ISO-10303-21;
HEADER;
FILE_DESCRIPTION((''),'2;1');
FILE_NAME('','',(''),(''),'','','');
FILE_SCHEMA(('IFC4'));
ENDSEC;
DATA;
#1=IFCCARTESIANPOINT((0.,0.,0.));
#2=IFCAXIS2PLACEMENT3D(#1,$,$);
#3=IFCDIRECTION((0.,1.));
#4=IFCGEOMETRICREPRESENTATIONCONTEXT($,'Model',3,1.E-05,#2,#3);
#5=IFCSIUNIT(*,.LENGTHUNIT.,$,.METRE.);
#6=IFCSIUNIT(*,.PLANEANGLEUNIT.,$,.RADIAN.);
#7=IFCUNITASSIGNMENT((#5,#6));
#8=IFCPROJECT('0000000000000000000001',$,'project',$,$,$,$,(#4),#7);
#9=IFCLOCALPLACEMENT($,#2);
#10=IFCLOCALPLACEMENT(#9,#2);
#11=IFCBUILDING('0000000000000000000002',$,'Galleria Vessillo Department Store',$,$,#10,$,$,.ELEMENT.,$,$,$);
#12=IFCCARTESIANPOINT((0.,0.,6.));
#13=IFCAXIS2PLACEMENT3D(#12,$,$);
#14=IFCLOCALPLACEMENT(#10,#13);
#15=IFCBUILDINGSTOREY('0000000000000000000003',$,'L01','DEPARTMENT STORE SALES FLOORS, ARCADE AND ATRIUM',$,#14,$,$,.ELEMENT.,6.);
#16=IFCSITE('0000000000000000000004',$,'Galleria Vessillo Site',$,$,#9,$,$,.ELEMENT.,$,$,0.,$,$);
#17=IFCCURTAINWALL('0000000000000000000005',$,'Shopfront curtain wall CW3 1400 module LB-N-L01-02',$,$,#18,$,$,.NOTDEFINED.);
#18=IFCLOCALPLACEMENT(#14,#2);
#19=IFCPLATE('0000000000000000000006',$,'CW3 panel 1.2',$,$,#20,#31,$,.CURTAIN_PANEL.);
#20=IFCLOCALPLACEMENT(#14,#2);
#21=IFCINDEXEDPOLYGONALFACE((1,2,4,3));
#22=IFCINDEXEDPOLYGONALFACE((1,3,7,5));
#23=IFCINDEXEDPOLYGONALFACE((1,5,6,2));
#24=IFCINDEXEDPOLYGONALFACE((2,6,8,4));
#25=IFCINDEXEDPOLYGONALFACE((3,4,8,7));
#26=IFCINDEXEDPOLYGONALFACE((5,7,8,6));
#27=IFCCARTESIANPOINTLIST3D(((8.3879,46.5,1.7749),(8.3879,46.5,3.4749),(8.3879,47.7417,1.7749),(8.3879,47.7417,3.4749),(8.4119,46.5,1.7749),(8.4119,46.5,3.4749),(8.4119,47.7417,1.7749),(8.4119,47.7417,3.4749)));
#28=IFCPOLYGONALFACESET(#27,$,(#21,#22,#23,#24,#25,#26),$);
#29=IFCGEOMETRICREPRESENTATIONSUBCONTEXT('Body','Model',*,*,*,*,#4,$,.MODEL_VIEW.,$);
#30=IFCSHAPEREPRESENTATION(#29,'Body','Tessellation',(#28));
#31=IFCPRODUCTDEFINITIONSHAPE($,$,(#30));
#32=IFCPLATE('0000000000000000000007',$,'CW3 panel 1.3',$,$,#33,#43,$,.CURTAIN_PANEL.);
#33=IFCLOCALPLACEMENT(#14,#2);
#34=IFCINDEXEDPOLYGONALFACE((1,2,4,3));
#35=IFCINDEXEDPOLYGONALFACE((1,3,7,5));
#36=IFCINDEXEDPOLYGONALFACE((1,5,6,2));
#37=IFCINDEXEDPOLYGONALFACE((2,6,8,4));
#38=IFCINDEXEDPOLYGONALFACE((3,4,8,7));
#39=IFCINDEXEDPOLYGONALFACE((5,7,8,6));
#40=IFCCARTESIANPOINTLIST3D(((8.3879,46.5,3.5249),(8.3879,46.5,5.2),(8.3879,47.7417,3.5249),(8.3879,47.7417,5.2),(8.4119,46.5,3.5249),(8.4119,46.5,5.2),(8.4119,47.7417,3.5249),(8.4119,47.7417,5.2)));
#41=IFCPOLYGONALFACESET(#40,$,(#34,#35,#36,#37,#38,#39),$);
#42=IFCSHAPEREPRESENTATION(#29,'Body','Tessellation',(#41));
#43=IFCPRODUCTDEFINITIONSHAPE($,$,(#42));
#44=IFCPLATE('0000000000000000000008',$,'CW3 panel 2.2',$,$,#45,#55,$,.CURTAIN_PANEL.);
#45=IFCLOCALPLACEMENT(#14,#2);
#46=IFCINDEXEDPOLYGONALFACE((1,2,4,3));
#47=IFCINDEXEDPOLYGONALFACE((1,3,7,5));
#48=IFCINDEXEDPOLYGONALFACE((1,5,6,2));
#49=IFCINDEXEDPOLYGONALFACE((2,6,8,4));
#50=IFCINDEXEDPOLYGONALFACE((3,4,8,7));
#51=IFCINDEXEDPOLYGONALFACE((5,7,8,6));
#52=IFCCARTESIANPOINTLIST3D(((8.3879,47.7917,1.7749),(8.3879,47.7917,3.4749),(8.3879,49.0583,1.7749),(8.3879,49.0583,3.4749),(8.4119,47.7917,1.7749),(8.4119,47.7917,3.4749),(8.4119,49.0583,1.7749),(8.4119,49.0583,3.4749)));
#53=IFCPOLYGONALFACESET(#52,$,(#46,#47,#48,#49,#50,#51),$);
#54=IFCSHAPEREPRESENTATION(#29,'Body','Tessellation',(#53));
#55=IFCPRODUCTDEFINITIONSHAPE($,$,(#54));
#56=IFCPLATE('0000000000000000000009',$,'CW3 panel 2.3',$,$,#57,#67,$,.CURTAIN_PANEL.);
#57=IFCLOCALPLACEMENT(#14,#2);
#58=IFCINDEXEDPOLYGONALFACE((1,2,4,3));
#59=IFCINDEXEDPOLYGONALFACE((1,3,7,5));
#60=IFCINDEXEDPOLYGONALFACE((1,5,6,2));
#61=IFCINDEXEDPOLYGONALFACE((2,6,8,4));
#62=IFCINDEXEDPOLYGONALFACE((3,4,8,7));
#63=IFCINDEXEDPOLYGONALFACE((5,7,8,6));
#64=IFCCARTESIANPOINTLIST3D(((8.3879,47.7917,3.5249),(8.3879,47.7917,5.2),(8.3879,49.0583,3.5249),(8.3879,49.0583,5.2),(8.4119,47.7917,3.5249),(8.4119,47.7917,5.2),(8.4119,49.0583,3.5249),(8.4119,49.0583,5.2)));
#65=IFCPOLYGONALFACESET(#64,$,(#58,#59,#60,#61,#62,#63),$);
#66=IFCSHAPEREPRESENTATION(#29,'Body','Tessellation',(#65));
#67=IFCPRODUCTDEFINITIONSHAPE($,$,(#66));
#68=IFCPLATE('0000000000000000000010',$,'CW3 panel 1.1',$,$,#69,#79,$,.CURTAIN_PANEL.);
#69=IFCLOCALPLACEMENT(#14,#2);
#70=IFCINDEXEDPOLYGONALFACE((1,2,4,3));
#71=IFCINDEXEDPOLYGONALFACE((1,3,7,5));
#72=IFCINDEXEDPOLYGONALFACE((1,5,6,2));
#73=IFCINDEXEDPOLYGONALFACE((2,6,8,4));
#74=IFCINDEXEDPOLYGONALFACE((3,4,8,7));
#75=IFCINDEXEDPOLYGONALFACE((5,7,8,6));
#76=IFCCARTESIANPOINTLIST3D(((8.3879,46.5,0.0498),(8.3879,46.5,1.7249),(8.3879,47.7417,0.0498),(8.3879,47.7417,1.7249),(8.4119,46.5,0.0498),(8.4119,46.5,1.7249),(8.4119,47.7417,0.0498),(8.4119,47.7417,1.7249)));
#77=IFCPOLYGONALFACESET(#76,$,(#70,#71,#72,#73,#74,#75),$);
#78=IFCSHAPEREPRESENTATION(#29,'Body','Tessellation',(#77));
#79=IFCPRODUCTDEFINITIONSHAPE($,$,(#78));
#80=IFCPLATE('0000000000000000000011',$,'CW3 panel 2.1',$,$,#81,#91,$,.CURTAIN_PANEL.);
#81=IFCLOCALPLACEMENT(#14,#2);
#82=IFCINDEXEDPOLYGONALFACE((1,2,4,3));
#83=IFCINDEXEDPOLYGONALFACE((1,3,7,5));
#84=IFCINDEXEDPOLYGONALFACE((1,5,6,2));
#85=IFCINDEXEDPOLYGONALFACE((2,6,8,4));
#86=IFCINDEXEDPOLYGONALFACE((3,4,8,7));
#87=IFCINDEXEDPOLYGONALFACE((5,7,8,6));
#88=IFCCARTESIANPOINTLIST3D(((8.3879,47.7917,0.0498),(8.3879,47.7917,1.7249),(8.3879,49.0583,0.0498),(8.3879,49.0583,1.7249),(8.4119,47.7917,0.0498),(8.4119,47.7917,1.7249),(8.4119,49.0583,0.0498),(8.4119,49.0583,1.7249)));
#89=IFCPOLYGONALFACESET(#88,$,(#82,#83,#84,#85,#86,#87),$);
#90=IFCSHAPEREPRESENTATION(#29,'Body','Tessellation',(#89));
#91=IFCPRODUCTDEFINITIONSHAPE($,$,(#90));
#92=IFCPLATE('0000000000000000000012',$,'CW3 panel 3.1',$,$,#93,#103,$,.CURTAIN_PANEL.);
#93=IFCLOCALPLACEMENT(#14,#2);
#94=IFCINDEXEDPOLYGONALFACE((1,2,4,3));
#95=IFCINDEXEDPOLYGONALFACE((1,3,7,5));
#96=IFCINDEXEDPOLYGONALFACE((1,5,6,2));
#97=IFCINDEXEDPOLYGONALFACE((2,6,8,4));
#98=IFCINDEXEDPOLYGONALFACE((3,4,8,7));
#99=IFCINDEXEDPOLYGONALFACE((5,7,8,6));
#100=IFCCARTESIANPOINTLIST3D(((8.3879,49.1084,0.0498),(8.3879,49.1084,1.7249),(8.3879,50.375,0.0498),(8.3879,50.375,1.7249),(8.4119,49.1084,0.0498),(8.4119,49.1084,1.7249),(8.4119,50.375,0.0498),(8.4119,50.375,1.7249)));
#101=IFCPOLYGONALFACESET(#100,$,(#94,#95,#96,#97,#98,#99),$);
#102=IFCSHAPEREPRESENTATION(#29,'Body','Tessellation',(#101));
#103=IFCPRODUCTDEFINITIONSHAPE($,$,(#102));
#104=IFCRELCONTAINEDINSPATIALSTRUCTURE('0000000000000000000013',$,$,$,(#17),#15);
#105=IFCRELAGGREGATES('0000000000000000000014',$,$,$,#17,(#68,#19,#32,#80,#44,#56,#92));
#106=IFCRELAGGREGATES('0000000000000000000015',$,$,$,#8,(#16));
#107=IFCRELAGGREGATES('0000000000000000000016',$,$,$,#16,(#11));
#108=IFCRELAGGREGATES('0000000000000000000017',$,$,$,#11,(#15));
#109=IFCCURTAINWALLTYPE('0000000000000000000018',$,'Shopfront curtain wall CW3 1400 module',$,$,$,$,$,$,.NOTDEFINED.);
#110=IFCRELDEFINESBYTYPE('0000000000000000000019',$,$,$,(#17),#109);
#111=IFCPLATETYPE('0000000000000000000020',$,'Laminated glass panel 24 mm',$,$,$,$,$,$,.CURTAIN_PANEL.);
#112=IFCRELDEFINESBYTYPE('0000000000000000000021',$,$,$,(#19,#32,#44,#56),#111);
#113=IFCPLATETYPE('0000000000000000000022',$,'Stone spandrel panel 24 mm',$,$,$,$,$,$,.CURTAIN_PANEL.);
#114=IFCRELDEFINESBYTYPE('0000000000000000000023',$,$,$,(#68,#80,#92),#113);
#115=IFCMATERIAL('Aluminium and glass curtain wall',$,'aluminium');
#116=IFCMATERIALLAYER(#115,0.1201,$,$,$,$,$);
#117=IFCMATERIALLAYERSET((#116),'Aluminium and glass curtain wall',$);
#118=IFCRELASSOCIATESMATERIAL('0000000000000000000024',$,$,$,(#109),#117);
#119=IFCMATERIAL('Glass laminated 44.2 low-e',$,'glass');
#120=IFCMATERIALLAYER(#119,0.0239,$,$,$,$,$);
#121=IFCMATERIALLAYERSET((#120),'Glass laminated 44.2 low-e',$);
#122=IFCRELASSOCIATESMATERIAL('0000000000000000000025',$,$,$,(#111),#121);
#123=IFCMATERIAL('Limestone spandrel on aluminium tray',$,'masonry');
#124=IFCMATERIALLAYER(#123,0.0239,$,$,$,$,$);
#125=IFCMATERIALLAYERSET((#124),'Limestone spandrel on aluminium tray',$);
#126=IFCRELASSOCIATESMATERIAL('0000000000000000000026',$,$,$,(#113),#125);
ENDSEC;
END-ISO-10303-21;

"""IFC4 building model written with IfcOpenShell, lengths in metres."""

from ifc_helpers import new_model, si_unit, direction, frame, origin, origin_2d, place, context, subcontext, project, spatial, rectangle, extrude, material, layer, layer_set, type_object, element, aggregate, save


model = new_model("IFC4")

# Units and contexts
model_context = context("Model", 3, precision=1e-05, world=origin(), true_north=direction((0.0, 1.0)))
body_context = subcontext(model_context, "Body", "Model", "MODEL_VIEW")
ifc_project = project(units=[si_unit("LENGTHUNIT", "METRE"), si_unit("PLANEANGLEUNIT", "RADIAN")], contexts=[model_context])

# Site, building, storey
site_placement = place(None, origin())
site = spatial("IfcSite", under=ifc_project, at=site_placement, Name="Galleria Vessillo Site", CompositionType="ELEMENT", RefElevation=0.0)
building_placement = place(site_placement, origin())
building = spatial("IfcBuilding", under=site, at=building_placement, Name="Galleria Vessillo Department Store", CompositionType="ELEMENT")
storey_placement = place(building_placement, frame((0.0, 0.0, 6.0)))
storey = spatial("IfcBuildingStorey", under=building, at=storey_placement, Name="L01", Description="DEPARTMENT STORE SALES FLOORS, ARCADE AND ATRIUM", CompositionType="ELEMENT", Elevation=6.0)

# Curtain wall
ifc_material_1 = material(Name="Aluminium and glass curtain wall", Category="aluminium")
ifc_layer_1 = layer(ifc_material_1, 0.1201)
ifc_layer_set_1 = layer_set([ifc_layer_1], Name="Aluminium and glass curtain wall")
curtain_wall_type = type_object("IfcCurtainWallType", Name="Shopfront curtain wall CW3 1400 module", PredefinedType="NOTDEFINED", material=ifc_layer_set_1)
curtain_wall_placement = place(storey_placement, origin())
curtain_wall = element("IfcCurtainWall", 1, at=curtain_wall_placement, inside=storey, type_object=curtain_wall_type, Name="Shopfront curtain wall CW3 1400 module LB-N-L01-02", PredefinedType="NOTDEFINED")

# Plates
ifc_material_2 = material(Name="Glass laminated 44.2 low-e", Category="glass")
ifc_layer_2 = layer(ifc_material_2, 0.0239)
ifc_layer_set_2 = layer_set([ifc_layer_2], Name="Glass laminated 44.2 low-e")
plate_type_1 = type_object("IfcPlateType", Name="Laminated glass panel 24 mm", PredefinedType="CURTAIN_PANEL", material=ifc_layer_set_2)
plate_1_placement = place(storey_placement, frame((8.3999, 47.1208, 1.7749), z_axis=(0.0, 0.0, 1.0), x_axis=(0.0, 1.0, 0.0)))
plate_1 = element("IfcPlate", 2, at=plate_1_placement, type_object=plate_type_1, Name="CW3 panel 1.2", PredefinedType="CURTAIN_PANEL", context=body_context, shape_type="SweptSolid", body=[
    extrude(rectangle(XDim=1.2417, YDim=0.0239, at=origin_2d()), origin(), (0.0, 0.0, 1.0), 1.7),
])
plate_2_placement = place(storey_placement, frame((8.3999, 47.1208, 3.5249), z_axis=(0.0, 0.0, 1.0), x_axis=(0.0, 1.0, 0.0)))
plate_2 = element("IfcPlate", 3, at=plate_2_placement, type_object=plate_type_1, Name="CW3 panel 1.3", PredefinedType="CURTAIN_PANEL", context=body_context, shape_type="SweptSolid", body=[
    extrude(rectangle(XDim=1.2417, YDim=0.0239, at=origin_2d()), origin(), (0.0, 0.0, 1.0), 1.675),
])
plate_3_placement = place(storey_placement, frame((8.3999, 48.425, 1.7749), z_axis=(0.0, 0.0, 1.0), x_axis=(0.0, 1.0, 0.0)))
plate_3 = element("IfcPlate", 4, at=plate_3_placement, type_object=plate_type_1, Name="CW3 panel 2.2", PredefinedType="CURTAIN_PANEL", context=body_context, shape_type="SweptSolid", body=[
    extrude(rectangle(XDim=1.2666, YDim=0.0239, at=origin_2d()), origin(), (0.0, 0.0, 1.0), 1.7),
])
plate_4_placement = place(storey_placement, frame((8.3999, 48.425, 3.5249), z_axis=(0.0, 0.0, 1.0), x_axis=(0.0, 1.0, 0.0)))
plate_4 = element("IfcPlate", 5, at=plate_4_placement, type_object=plate_type_1, Name="CW3 panel 2.3", PredefinedType="CURTAIN_PANEL", context=body_context, shape_type="SweptSolid", body=[
    extrude(rectangle(XDim=1.2666, YDim=0.0239, at=origin_2d()), origin(), (0.0, 0.0, 1.0), 1.675),
])
ifc_material_3 = material(Name="Limestone spandrel on aluminium tray", Category="masonry")
ifc_layer_3 = layer(ifc_material_3, 0.0239)
ifc_layer_set_3 = layer_set([ifc_layer_3], Name="Limestone spandrel on aluminium tray")
plate_type_2 = type_object("IfcPlateType", Name="Stone spandrel panel 24 mm", PredefinedType="CURTAIN_PANEL", material=ifc_layer_set_3)
plate_5_placement = place(storey_placement, frame((8.3999, 47.1208, 0.0498), z_axis=(0.0, 0.0, 1.0), x_axis=(0.0, 1.0, 0.0)))
plate_5 = element("IfcPlate", 6, at=plate_5_placement, type_object=plate_type_2, Name="CW3 panel 1.1", PredefinedType="CURTAIN_PANEL", context=body_context, shape_type="SweptSolid", body=[
    extrude(rectangle(XDim=1.2417, YDim=0.0239, at=origin_2d()), origin(), (0.0, 0.0, 1.0), 1.675),
])
plate_6_placement = place(storey_placement, frame((8.3999, 48.425, 0.0498), z_axis=(0.0, 0.0, 1.0), x_axis=(0.0, 1.0, 0.0)))
plate_6 = element("IfcPlate", 7, at=plate_6_placement, type_object=plate_type_2, Name="CW3 panel 2.1", PredefinedType="CURTAIN_PANEL", context=body_context, shape_type="SweptSolid", body=[
    extrude(rectangle(XDim=1.2666, YDim=0.0239, at=origin_2d()), origin(), (0.0, 0.0, 1.0), 1.675),
])
plate_7_placement = place(storey_placement, frame((8.3999, 49.7417, 0.0498), z_axis=(0.0, 0.0, 1.0), x_axis=(0.0, 1.0, 0.0)))
plate_7 = element("IfcPlate", 8, at=plate_7_placement, type_object=plate_type_2, Name="CW3 panel 3.1", PredefinedType="CURTAIN_PANEL", context=body_context, shape_type="SweptSolid", body=[
    extrude(rectangle(XDim=1.2666, YDim=0.0239, at=origin_2d()), origin(), (0.0, 0.0, 1.0), 1.675),
])
aggregate(curtain_wall, [plate_5, plate_1, plate_2, plate_6, plate_3, plate_4, plate_7])

save(model, "model.ifc")
